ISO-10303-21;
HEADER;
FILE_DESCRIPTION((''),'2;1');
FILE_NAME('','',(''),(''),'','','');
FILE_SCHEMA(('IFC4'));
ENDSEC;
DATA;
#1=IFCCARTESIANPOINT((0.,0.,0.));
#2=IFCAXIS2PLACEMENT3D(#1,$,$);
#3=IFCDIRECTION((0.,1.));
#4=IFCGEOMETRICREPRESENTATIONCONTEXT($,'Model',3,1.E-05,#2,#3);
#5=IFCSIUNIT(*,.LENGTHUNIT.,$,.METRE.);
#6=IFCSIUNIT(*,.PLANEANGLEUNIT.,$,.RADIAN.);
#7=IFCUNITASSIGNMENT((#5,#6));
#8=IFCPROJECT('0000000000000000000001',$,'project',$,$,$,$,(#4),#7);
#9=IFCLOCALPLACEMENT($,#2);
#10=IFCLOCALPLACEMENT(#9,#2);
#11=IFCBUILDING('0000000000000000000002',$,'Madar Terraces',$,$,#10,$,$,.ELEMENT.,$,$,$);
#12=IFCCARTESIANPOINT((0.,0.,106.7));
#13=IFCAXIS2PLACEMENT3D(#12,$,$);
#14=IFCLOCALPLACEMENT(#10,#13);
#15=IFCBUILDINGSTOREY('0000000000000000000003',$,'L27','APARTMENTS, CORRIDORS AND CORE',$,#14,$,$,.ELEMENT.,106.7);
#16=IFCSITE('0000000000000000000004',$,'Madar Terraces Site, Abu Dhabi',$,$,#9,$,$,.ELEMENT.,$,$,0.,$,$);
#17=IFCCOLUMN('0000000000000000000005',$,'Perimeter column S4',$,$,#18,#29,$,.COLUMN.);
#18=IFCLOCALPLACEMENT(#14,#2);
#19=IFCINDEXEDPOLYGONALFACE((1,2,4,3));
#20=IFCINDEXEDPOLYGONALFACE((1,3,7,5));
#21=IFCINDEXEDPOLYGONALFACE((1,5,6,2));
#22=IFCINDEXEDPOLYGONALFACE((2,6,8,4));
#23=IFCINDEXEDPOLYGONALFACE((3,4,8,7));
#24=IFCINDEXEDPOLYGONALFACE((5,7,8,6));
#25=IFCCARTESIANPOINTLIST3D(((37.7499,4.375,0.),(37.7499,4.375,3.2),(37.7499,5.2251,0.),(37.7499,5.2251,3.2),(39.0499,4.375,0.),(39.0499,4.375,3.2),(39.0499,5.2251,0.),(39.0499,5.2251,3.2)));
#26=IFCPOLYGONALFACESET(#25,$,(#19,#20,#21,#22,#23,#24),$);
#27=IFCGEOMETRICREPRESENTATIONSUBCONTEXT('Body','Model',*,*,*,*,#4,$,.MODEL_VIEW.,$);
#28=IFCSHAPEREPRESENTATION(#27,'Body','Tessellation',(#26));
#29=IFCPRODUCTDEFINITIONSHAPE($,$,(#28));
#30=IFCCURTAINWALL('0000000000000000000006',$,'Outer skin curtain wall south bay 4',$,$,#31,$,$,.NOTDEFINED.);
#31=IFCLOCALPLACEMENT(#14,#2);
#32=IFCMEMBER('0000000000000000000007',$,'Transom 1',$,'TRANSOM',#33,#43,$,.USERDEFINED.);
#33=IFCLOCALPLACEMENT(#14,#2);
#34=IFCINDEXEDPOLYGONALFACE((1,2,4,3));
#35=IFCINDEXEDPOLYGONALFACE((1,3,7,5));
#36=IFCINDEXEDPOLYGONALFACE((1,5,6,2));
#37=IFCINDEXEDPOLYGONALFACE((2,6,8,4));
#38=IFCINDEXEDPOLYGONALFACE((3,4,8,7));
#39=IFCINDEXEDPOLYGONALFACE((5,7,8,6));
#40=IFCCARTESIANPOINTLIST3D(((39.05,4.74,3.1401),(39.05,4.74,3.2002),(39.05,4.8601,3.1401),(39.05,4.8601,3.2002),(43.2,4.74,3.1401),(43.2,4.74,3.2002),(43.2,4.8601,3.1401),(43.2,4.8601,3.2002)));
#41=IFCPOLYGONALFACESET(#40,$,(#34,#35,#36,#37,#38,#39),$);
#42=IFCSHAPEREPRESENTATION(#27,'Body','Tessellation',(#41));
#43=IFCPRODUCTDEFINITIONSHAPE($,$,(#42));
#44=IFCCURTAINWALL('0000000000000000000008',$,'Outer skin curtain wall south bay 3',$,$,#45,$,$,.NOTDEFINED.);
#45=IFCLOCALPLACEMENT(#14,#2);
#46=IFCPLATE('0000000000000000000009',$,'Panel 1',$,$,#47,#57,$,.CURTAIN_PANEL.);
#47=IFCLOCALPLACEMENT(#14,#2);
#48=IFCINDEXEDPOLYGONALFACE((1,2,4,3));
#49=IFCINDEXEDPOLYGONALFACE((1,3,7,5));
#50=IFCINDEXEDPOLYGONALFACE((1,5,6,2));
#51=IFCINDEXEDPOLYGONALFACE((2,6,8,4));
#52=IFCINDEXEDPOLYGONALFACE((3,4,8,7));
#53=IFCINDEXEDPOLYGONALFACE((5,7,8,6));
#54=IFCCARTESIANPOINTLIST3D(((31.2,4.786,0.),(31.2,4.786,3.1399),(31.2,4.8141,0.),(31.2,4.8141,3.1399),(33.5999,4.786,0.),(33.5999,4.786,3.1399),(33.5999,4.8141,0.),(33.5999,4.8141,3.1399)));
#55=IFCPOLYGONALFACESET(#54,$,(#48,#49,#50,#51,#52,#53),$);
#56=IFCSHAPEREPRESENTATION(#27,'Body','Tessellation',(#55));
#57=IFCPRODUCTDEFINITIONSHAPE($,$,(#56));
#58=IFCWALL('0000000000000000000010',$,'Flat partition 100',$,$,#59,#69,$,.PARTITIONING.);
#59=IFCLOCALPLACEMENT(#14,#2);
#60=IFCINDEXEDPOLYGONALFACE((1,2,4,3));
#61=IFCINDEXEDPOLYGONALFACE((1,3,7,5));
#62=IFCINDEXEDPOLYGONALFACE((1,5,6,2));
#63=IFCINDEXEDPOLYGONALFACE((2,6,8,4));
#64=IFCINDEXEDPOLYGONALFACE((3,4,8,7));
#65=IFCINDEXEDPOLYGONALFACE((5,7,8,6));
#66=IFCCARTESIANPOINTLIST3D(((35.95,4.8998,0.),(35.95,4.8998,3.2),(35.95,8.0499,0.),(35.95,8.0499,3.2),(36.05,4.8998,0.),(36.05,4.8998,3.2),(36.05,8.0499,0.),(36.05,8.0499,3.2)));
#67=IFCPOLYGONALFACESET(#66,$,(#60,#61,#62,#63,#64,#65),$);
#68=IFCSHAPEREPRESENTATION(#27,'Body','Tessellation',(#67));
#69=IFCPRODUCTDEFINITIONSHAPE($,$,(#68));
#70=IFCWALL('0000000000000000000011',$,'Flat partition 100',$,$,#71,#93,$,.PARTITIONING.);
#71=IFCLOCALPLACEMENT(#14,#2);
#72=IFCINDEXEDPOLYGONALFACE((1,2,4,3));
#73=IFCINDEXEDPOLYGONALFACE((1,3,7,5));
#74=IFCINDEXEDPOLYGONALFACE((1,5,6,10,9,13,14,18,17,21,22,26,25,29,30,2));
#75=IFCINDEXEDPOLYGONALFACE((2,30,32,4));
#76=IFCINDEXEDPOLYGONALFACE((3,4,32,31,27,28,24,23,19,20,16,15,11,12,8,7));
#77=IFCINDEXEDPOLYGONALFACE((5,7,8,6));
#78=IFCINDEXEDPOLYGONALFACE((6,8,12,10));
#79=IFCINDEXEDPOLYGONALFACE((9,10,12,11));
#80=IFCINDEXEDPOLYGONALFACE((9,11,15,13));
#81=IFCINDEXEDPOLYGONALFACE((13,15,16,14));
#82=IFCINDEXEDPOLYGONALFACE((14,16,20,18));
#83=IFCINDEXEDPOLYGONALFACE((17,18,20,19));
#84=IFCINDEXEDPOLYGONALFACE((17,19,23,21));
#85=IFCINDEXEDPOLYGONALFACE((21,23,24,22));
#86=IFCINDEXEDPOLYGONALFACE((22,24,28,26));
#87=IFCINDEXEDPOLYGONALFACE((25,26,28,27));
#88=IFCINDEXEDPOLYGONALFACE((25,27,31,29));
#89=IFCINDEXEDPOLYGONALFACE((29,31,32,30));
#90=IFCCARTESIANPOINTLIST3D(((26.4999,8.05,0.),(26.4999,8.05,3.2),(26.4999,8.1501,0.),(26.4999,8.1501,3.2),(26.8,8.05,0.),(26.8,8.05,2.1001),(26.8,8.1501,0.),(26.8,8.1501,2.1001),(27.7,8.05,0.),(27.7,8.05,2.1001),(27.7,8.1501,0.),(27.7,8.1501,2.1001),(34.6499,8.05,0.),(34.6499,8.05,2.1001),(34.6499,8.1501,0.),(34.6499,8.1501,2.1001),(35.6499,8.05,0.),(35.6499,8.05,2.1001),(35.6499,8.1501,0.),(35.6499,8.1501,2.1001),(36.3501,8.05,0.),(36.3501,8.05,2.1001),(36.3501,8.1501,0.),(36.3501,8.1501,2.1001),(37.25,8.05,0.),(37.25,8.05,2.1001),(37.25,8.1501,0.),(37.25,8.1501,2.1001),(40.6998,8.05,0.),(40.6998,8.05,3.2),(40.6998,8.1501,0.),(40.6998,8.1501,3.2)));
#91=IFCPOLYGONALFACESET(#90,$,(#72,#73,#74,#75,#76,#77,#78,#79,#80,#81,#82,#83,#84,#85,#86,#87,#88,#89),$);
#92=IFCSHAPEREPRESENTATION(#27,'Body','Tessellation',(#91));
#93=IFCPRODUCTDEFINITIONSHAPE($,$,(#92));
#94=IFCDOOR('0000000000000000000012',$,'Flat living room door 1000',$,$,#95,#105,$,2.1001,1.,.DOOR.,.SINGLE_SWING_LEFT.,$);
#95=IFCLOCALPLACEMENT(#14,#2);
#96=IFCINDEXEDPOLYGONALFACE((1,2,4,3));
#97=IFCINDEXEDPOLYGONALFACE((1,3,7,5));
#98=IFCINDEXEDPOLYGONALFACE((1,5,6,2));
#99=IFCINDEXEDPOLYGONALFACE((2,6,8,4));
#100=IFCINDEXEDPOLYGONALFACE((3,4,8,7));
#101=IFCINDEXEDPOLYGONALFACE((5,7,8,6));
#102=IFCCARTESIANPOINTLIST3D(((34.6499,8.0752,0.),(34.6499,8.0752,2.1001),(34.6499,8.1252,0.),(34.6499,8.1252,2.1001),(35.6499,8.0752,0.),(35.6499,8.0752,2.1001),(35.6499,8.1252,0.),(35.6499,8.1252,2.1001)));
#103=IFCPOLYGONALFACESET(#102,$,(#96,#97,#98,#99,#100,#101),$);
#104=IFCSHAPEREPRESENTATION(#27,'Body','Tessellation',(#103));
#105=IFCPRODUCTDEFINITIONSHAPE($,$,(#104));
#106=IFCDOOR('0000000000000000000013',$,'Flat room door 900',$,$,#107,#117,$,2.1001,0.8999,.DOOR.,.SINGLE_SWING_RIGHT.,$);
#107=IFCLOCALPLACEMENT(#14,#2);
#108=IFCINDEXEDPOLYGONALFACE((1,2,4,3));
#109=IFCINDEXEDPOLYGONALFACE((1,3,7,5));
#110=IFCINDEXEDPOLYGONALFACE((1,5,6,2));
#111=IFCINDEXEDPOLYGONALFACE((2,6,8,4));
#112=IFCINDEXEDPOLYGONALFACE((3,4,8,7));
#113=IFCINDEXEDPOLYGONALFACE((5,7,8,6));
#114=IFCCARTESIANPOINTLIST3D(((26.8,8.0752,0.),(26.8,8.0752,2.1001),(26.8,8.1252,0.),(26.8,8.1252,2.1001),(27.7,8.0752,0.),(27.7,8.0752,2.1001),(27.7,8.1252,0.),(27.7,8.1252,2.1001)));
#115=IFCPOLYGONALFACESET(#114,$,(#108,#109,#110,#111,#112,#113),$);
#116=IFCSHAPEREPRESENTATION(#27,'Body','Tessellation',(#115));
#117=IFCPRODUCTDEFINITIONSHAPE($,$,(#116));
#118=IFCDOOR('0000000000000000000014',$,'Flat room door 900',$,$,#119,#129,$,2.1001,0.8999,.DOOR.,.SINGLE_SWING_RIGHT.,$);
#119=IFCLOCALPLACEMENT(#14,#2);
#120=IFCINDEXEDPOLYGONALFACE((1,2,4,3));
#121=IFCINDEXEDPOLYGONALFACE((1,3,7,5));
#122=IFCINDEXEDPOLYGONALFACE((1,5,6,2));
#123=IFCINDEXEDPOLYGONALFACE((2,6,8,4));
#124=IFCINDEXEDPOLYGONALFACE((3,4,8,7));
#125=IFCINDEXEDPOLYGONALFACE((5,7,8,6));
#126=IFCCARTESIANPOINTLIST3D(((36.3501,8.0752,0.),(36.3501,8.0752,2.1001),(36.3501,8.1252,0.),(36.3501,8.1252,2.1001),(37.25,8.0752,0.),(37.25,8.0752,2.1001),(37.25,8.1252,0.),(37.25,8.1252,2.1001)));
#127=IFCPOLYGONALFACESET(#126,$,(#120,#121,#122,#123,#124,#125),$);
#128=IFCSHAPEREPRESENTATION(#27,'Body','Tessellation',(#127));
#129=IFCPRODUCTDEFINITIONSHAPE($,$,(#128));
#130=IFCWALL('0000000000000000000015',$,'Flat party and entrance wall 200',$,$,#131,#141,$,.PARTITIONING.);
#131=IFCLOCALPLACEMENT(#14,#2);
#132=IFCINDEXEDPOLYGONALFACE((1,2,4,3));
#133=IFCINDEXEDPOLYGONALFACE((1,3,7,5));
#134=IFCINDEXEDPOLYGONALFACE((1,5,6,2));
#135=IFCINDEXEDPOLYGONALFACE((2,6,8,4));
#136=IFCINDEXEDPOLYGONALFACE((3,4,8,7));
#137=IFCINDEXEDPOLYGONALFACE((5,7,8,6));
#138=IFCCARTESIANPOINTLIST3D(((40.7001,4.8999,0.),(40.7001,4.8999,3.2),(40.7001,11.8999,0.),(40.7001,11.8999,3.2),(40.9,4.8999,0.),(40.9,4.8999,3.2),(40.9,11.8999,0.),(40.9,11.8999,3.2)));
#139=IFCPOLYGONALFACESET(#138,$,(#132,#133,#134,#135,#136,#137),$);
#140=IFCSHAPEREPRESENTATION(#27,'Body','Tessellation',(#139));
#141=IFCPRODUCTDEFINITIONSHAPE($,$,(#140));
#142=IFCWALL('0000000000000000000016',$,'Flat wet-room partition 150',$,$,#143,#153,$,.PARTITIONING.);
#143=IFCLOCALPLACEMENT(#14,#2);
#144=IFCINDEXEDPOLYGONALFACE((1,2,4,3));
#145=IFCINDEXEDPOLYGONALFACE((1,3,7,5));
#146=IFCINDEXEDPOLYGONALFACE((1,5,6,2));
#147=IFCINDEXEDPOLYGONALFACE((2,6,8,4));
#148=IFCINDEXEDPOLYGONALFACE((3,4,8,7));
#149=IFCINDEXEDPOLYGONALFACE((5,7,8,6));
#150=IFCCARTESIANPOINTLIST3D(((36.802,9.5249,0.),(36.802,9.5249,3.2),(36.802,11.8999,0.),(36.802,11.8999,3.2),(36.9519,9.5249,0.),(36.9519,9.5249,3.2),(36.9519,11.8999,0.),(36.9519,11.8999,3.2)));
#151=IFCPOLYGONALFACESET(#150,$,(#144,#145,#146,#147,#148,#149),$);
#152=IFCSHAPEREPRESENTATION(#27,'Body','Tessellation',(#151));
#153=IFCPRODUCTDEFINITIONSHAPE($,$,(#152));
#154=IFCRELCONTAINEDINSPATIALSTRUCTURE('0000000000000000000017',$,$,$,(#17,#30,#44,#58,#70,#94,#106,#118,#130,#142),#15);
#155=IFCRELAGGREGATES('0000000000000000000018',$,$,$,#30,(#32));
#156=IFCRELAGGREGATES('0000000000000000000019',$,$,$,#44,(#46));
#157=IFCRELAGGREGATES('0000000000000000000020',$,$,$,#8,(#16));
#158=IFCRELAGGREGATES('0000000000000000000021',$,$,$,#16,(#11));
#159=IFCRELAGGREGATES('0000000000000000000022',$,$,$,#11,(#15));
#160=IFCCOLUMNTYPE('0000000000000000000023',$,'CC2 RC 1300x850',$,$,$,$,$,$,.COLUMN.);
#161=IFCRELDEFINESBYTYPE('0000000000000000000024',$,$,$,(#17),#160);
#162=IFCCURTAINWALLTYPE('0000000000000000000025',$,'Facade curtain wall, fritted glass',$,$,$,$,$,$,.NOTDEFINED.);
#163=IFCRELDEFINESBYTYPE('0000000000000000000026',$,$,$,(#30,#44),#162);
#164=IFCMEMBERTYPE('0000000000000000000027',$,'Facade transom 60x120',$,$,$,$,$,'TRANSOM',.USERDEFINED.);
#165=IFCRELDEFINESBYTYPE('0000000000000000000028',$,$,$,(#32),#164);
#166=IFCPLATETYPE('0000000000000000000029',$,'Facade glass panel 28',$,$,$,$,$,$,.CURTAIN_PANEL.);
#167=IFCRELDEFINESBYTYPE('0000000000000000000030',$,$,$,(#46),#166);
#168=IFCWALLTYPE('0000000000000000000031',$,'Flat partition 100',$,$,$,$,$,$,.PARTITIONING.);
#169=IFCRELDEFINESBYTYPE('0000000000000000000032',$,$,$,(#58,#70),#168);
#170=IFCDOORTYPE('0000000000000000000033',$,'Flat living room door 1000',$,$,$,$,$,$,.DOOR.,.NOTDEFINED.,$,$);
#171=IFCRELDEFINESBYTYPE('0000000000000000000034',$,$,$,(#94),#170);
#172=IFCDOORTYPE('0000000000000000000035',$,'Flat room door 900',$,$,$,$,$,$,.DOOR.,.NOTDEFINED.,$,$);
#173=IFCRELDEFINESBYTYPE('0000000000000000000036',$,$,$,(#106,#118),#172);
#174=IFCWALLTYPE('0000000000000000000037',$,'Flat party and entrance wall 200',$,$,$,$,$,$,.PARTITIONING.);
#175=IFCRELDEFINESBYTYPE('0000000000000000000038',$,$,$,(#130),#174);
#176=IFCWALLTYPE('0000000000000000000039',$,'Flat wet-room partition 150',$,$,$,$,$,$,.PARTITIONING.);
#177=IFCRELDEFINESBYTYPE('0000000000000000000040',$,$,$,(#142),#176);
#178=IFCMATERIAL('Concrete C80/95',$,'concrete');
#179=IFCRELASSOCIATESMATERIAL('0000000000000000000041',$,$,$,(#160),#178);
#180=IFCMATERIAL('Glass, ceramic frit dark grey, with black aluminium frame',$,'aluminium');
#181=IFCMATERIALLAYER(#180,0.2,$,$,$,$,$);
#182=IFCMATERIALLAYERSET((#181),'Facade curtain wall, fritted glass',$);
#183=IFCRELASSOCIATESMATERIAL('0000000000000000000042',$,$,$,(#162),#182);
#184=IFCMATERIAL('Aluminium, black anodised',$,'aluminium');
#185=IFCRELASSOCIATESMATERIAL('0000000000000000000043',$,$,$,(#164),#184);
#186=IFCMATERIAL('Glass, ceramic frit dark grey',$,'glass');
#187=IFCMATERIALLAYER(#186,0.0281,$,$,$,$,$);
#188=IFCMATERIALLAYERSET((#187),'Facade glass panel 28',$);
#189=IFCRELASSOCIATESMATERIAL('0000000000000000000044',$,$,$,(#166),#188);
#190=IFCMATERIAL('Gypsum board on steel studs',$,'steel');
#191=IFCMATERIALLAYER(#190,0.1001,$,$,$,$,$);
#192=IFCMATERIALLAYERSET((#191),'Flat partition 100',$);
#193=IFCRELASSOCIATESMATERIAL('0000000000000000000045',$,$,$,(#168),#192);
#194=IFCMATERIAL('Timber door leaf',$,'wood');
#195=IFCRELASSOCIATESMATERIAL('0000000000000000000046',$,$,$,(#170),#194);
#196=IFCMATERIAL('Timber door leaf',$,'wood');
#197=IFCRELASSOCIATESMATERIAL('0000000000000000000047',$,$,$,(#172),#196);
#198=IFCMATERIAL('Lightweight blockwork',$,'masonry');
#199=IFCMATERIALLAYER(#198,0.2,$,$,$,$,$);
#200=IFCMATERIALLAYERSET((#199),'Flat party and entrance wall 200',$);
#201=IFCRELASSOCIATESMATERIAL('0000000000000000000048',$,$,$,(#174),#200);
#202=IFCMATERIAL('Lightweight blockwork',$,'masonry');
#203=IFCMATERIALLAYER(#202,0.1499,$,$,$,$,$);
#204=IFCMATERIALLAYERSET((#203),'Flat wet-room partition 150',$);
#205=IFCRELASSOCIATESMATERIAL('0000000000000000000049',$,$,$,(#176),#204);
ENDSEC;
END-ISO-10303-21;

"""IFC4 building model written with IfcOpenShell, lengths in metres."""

from ifc_helpers import new_model, si_unit, direction, frame, frame_2d, origin, origin_2d, place, context, subcontext, project, spatial, rectangle, extrude, material, layer, layer_set, material_profile, profile_set, type_object, element, fill, aggregate, save


model = new_model("IFC4")

# Units and contexts
model_context = context("Model", 3, precision=1e-05, world=origin(), true_north=direction((0.0, 1.0)))
body_context = subcontext(model_context, "Body", "Model", "MODEL_VIEW")
ifc_project = project(units=[si_unit("LENGTHUNIT", "METRE"), si_unit("PLANEANGLEUNIT", "RADIAN")], contexts=[model_context])

# Site, building, storey
site_placement = place(None, origin())
site = spatial("IfcSite", under=ifc_project, at=site_placement, Name="Madar Terraces Site, Abu Dhabi", CompositionType="ELEMENT", RefElevation=0.0)
building_placement = place(site_placement, origin())
building = spatial("IfcBuilding", under=site, at=building_placement, Name="Madar Terraces", CompositionType="ELEMENT")
storey_placement = place(building_placement, frame((0.0, 0.0, 106.7)))
storey = spatial("IfcBuildingStorey", under=building, at=storey_placement, Name="L27", Description="APARTMENTS, CORRIDORS AND CORE", CompositionType="ELEMENT", Elevation=106.7)

# Column
ifc_material_1 = material(Name="Concrete C80/95", Category="concrete")
ifc_material_profile_1 = material_profile(ifc_material_1, rectangle(XDim=1.3, YDim=0.8501, at=origin_2d()), Name="CC2 RC 1300x850")
ifc_profile_set_1 = profile_set([ifc_material_profile_1], Name="Concrete C80/95")
column_type = type_object("IfcColumnType", Name="CC2 RC 1300x850", PredefinedType="COLUMN", material=ifc_profile_set_1)
column_placement = place(storey_placement, frame((38.3999, 4.8, 0.0), z_axis=(0.0, 0.0, 1.0), x_axis=(1.0, 0.0, 0.0)))
element("IfcColumn", 1, at=column_placement, inside=storey, type_object=column_type, Name="Perimeter column S4", PredefinedType="COLUMN", context=body_context, shape_type="SweptSolid", body=[
    extrude(rectangle(XDim=1.3, YDim=0.8501, at=origin_2d()), origin(), (0.0, 0.0, 1.0), 3.2),
])

# Curtain wall, member
ifc_material_2 = material(Name="Glass, ceramic frit dark grey, with black aluminium frame", Category="aluminium")
ifc_layer_1 = layer(ifc_material_2, 0.2)
ifc_layer_set_1 = layer_set([ifc_layer_1], Name="Facade curtain wall, fritted glass")
curtain_wall_type = type_object("IfcCurtainWallType", Name="Facade curtain wall, fritted glass", PredefinedType="NOTDEFINED", material=ifc_layer_set_1)
curtain_wall_1_placement = place(storey_placement, origin())
curtain_wall_1 = element("IfcCurtainWall", 2, at=curtain_wall_1_placement, inside=storey, type_object=curtain_wall_type, Name="Outer skin curtain wall south bay 4", PredefinedType="NOTDEFINED")
ifc_material_3 = material(Name="Aluminium, black anodised", Category="aluminium")
ifc_material_profile_2 = material_profile(ifc_material_3, rectangle(XDim=0.1201, YDim=0.0601, at=origin_2d()), Name="Facade transom 60x120")
ifc_profile_set_2 = profile_set([ifc_material_profile_2], Name="Aluminium, black anodised")
member_type = type_object("IfcMemberType", Name="Facade transom 60x120", ElementType="TRANSOM", PredefinedType="USERDEFINED", material=ifc_profile_set_2)
member_placement = place(storey_placement, frame((39.05, 4.8, 3.1702), z_axis=(1.0, 0.0, 0.0), x_axis=(0.0, 1.0, 0.0)))
member = element("IfcMember", 3, at=member_placement, type_object=member_type, Name="Transom 1", ObjectType="TRANSOM", PredefinedType="USERDEFINED", context=body_context, shape_type="SweptSolid", body=[
    extrude(rectangle(XDim=0.1201, YDim=0.0601, at=origin_2d()), origin(), (0.0, 0.0, 1.0), 4.1499),
])
aggregate(curtain_wall_1, [member])

# Curtain wall, plate
curtain_wall_2_placement = place(storey_placement, origin())
curtain_wall_2 = element("IfcCurtainWall", 4, at=curtain_wall_2_placement, inside=storey, type_object=curtain_wall_type, Name="Outer skin curtain wall south bay 3", PredefinedType="NOTDEFINED")
ifc_material_4 = material(Name="Glass, ceramic frit dark grey", Category="glass")
ifc_layer_2 = layer(ifc_material_4, 0.0281)
ifc_layer_set_2 = layer_set([ifc_layer_2], Name="Facade glass panel 28")
plate_type = type_object("IfcPlateType", Name="Facade glass panel 28", PredefinedType="CURTAIN_PANEL", material=ifc_layer_set_2)
plate_placement = place(storey_placement, frame((32.3999, 4.8, 0.0), z_axis=(0.0, 0.0, 1.0), x_axis=(1.0, 0.0, 0.0)))
plate = element("IfcPlate", 5, at=plate_placement, type_object=plate_type, Name="Panel 1", PredefinedType="CURTAIN_PANEL", context=body_context, shape_type="SweptSolid", body=[
    extrude(rectangle(XDim=2.3999, YDim=0.0281, at=origin_2d()), origin(), (0.0, 0.0, 1.0), 3.1399),
])
aggregate(curtain_wall_2, [plate])

# Wall
ifc_material_5 = material(Name="Gypsum board on steel studs", Category="steel")
ifc_layer_3 = layer(ifc_material_5, 0.1001)
ifc_layer_set_3 = layer_set([ifc_layer_3], Name="Flat partition 100")
wall_type_1 = type_object("IfcWallType", Name="Flat partition 100", PredefinedType="PARTITIONING", material=ifc_layer_set_3)
wall_1_placement = place(storey_placement, frame((36.0, 8.05, 0.0), z_axis=(0.0, 0.0, 1.0), x_axis=(0.0, -1.0, 0.0)))
element("IfcWall", 6, at=wall_1_placement, inside=storey, type_object=wall_type_1, Name="Flat partition 100", PredefinedType="PARTITIONING", context=body_context, shape_type="SweptSolid", body=[
    extrude(rectangle(XDim=3.1501, YDim=0.1001, at=frame_2d((1.5752, 0.0))), origin(), (0.0, 0.0, 1.0), 3.2),
])

# Wall, openings, doors
wall_2_placement = place(storey_placement, frame((40.7, 8.1001, 0.0), z_axis=(0.0, 0.0, 1.0), x_axis=(-1.0, 0.0, 0.0)))
wall_2 = element("IfcWall", 7, at=wall_2_placement, inside=storey, type_object=wall_type_1, Name="Flat partition 100", PredefinedType="PARTITIONING", context=body_context, shape_type="SweptSolid", body=[
    extrude(rectangle(XDim=14.2, YDim=0.1001, at=frame_2d((7.1001, 0.0))), origin(), (0.0, 0.0, 1.0), 3.2),
])
opening_1_placement = place(wall_2_placement, frame((13.0, 0.0, 0.0)))
opening_1 = element("IfcOpeningElement", 8, at=opening_1_placement, cuts=wall_2, PredefinedType="OPENING", context=body_context, shape_type="SweptSolid", body=[
    extrude(rectangle(XDim=0.8999, YDim=2.1001, at=frame_2d((0.45, 1.05))), frame((0.0, 0.0601, 0.0), z_axis=(0.0, -1.0, 0.0), x_axis=(1.0, 0.0, 0.0)), (0.0, 0.0, 1.0), 0.1201),
])
opening_2_placement = place(wall_2_placement, frame((5.05, 0.0, 0.0)))
opening_2 = element("IfcOpeningElement", 9, at=opening_2_placement, cuts=wall_2, PredefinedType="OPENING", context=body_context, shape_type="SweptSolid", body=[
    extrude(rectangle(XDim=1.0, YDim=2.1001, at=frame_2d((0.5, 1.05))), frame((0.0, 0.0601, 0.0), z_axis=(0.0, -1.0, 0.0), x_axis=(1.0, 0.0, 0.0)), (0.0, 0.0, 1.0), 0.1201),
])
opening_3_placement = place(wall_2_placement, frame((3.45, 0.0, 0.0)))
opening_3 = element("IfcOpeningElement", 10, at=opening_3_placement, cuts=wall_2, PredefinedType="OPENING", context=body_context, shape_type="SweptSolid", body=[
    extrude(rectangle(XDim=0.8999, YDim=2.1001, at=frame_2d((0.45, 1.05))), frame((0.0, 0.0601, 0.0), z_axis=(0.0, -1.0, 0.0), x_axis=(1.0, 0.0, 0.0)), (0.0, 0.0, 1.0), 0.1201),
])
ifc_material_6 = material(Name="Timber door leaf", Category="wood")
door_type_1 = type_object("IfcDoorType", Name="Flat living room door 1000", OperationType="NOTDEFINED", PredefinedType="DOOR", material=ifc_material_6)
door_1_placement = place(opening_2_placement, origin())
door_1 = element("IfcDoor", 11, at=door_1_placement, inside=storey, type_object=door_type_1, Name="Flat living room door 1000", OperationType="SINGLE_SWING_LEFT", OverallHeight=2.1001, OverallWidth=1.0, PredefinedType="DOOR", context=body_context, shape_type="SweptSolid", body=[
    extrude(rectangle(XDim=1.0, YDim=2.1001, at=frame_2d((0.5, 1.05))), frame((0.0, 0.0249, 0.0), z_axis=(0.0, -1.0, 0.0), x_axis=(1.0, 0.0, 0.0)), (0.0, 0.0, 1.0), 0.05),
])
fill(opening_2, door_1)
ifc_material_7 = material(Name="Timber door leaf", Category="wood")
door_type_2 = type_object("IfcDoorType", Name="Flat room door 900", OperationType="NOTDEFINED", PredefinedType="DOOR", material=ifc_material_7)
door_2_placement = place(opening_1_placement, origin())
door_2 = element("IfcDoor", 12, at=door_2_placement, inside=storey, type_object=door_type_2, Name="Flat room door 900", OperationType="SINGLE_SWING_RIGHT", OverallHeight=2.1001, OverallWidth=0.8999, PredefinedType="DOOR", context=body_context, shape_type="SweptSolid", body=[
    extrude(rectangle(XDim=0.8999, YDim=2.1001, at=frame_2d((0.45, 1.05))), frame((0.0, 0.0249, 0.0), z_axis=(0.0, -1.0, 0.0), x_axis=(1.0, 0.0, 0.0)), (0.0, 0.0, 1.0), 0.05),
])
fill(opening_1, door_2)
door_3_placement = place(opening_3_placement, origin())
door_3 = element("IfcDoor", 13, at=door_3_placement, inside=storey, type_object=door_type_2, Name="Flat room door 900", OperationType="SINGLE_SWING_RIGHT", OverallHeight=2.1001, OverallWidth=0.8999, PredefinedType="DOOR", context=body_context, shape_type="SweptSolid", body=[
    extrude(rectangle(XDim=0.8999, YDim=2.1001, at=frame_2d((0.45, 1.05))), frame((0.0, 0.0249, 0.0), z_axis=(0.0, -1.0, 0.0), x_axis=(1.0, 0.0, 0.0)), (0.0, 0.0, 1.0), 0.05),
])
fill(opening_3, door_3)

# Walls
ifc_material_8 = material(Name="Lightweight blockwork", Category="masonry")
ifc_layer_4 = layer(ifc_material_8, 0.2)
ifc_layer_set_4 = layer_set([ifc_layer_4], Name="Flat party and entrance wall 200")
wall_type_2 = type_object("IfcWallType", Name="Flat party and entrance wall 200", PredefinedType="PARTITIONING", material=ifc_layer_set_4)
wall_3_placement = place(storey_placement, frame((40.8, 11.8999, 0.0), z_axis=(0.0, 0.0, 1.0), x_axis=(0.0, -1.0, 0.0)))
element("IfcWall", 14, at=wall_3_placement, inside=storey, type_object=wall_type_2, Name="Flat party and entrance wall 200", PredefinedType="PARTITIONING", context=body_context, shape_type="SweptSolid", body=[
    extrude(rectangle(XDim=7.0, YDim=0.2, at=frame_2d((3.5, 0.0))), origin(), (0.0, 0.0, 1.0), 3.2),
])
ifc_material_9 = material(Name="Lightweight blockwork", Category="masonry")
ifc_layer_5 = layer(ifc_material_9, 0.1499)
ifc_layer_set_5 = layer_set([ifc_layer_5], Name="Flat wet-room partition 150")
wall_type_3 = type_object("IfcWallType", Name="Flat wet-room partition 150", PredefinedType="PARTITIONING", material=ifc_layer_set_5)
wall_4_placement = place(storey_placement, frame((36.877, 11.8999, 0.0), z_axis=(0.0, 0.0, 1.0), x_axis=(0.0, -1.0, 0.0)))
element("IfcWall", 15, at=wall_4_placement, inside=storey, type_object=wall_type_3, Name="Flat wet-room partition 150", PredefinedType="PARTITIONING", context=body_context, shape_type="SweptSolid", body=[
    extrude(rectangle(XDim=2.375, YDim=0.1499, at=frame_2d((1.1875, 0.0))), origin(), (0.0, 0.0, 1.0), 3.2),
])

save(model, "model.ifc")
